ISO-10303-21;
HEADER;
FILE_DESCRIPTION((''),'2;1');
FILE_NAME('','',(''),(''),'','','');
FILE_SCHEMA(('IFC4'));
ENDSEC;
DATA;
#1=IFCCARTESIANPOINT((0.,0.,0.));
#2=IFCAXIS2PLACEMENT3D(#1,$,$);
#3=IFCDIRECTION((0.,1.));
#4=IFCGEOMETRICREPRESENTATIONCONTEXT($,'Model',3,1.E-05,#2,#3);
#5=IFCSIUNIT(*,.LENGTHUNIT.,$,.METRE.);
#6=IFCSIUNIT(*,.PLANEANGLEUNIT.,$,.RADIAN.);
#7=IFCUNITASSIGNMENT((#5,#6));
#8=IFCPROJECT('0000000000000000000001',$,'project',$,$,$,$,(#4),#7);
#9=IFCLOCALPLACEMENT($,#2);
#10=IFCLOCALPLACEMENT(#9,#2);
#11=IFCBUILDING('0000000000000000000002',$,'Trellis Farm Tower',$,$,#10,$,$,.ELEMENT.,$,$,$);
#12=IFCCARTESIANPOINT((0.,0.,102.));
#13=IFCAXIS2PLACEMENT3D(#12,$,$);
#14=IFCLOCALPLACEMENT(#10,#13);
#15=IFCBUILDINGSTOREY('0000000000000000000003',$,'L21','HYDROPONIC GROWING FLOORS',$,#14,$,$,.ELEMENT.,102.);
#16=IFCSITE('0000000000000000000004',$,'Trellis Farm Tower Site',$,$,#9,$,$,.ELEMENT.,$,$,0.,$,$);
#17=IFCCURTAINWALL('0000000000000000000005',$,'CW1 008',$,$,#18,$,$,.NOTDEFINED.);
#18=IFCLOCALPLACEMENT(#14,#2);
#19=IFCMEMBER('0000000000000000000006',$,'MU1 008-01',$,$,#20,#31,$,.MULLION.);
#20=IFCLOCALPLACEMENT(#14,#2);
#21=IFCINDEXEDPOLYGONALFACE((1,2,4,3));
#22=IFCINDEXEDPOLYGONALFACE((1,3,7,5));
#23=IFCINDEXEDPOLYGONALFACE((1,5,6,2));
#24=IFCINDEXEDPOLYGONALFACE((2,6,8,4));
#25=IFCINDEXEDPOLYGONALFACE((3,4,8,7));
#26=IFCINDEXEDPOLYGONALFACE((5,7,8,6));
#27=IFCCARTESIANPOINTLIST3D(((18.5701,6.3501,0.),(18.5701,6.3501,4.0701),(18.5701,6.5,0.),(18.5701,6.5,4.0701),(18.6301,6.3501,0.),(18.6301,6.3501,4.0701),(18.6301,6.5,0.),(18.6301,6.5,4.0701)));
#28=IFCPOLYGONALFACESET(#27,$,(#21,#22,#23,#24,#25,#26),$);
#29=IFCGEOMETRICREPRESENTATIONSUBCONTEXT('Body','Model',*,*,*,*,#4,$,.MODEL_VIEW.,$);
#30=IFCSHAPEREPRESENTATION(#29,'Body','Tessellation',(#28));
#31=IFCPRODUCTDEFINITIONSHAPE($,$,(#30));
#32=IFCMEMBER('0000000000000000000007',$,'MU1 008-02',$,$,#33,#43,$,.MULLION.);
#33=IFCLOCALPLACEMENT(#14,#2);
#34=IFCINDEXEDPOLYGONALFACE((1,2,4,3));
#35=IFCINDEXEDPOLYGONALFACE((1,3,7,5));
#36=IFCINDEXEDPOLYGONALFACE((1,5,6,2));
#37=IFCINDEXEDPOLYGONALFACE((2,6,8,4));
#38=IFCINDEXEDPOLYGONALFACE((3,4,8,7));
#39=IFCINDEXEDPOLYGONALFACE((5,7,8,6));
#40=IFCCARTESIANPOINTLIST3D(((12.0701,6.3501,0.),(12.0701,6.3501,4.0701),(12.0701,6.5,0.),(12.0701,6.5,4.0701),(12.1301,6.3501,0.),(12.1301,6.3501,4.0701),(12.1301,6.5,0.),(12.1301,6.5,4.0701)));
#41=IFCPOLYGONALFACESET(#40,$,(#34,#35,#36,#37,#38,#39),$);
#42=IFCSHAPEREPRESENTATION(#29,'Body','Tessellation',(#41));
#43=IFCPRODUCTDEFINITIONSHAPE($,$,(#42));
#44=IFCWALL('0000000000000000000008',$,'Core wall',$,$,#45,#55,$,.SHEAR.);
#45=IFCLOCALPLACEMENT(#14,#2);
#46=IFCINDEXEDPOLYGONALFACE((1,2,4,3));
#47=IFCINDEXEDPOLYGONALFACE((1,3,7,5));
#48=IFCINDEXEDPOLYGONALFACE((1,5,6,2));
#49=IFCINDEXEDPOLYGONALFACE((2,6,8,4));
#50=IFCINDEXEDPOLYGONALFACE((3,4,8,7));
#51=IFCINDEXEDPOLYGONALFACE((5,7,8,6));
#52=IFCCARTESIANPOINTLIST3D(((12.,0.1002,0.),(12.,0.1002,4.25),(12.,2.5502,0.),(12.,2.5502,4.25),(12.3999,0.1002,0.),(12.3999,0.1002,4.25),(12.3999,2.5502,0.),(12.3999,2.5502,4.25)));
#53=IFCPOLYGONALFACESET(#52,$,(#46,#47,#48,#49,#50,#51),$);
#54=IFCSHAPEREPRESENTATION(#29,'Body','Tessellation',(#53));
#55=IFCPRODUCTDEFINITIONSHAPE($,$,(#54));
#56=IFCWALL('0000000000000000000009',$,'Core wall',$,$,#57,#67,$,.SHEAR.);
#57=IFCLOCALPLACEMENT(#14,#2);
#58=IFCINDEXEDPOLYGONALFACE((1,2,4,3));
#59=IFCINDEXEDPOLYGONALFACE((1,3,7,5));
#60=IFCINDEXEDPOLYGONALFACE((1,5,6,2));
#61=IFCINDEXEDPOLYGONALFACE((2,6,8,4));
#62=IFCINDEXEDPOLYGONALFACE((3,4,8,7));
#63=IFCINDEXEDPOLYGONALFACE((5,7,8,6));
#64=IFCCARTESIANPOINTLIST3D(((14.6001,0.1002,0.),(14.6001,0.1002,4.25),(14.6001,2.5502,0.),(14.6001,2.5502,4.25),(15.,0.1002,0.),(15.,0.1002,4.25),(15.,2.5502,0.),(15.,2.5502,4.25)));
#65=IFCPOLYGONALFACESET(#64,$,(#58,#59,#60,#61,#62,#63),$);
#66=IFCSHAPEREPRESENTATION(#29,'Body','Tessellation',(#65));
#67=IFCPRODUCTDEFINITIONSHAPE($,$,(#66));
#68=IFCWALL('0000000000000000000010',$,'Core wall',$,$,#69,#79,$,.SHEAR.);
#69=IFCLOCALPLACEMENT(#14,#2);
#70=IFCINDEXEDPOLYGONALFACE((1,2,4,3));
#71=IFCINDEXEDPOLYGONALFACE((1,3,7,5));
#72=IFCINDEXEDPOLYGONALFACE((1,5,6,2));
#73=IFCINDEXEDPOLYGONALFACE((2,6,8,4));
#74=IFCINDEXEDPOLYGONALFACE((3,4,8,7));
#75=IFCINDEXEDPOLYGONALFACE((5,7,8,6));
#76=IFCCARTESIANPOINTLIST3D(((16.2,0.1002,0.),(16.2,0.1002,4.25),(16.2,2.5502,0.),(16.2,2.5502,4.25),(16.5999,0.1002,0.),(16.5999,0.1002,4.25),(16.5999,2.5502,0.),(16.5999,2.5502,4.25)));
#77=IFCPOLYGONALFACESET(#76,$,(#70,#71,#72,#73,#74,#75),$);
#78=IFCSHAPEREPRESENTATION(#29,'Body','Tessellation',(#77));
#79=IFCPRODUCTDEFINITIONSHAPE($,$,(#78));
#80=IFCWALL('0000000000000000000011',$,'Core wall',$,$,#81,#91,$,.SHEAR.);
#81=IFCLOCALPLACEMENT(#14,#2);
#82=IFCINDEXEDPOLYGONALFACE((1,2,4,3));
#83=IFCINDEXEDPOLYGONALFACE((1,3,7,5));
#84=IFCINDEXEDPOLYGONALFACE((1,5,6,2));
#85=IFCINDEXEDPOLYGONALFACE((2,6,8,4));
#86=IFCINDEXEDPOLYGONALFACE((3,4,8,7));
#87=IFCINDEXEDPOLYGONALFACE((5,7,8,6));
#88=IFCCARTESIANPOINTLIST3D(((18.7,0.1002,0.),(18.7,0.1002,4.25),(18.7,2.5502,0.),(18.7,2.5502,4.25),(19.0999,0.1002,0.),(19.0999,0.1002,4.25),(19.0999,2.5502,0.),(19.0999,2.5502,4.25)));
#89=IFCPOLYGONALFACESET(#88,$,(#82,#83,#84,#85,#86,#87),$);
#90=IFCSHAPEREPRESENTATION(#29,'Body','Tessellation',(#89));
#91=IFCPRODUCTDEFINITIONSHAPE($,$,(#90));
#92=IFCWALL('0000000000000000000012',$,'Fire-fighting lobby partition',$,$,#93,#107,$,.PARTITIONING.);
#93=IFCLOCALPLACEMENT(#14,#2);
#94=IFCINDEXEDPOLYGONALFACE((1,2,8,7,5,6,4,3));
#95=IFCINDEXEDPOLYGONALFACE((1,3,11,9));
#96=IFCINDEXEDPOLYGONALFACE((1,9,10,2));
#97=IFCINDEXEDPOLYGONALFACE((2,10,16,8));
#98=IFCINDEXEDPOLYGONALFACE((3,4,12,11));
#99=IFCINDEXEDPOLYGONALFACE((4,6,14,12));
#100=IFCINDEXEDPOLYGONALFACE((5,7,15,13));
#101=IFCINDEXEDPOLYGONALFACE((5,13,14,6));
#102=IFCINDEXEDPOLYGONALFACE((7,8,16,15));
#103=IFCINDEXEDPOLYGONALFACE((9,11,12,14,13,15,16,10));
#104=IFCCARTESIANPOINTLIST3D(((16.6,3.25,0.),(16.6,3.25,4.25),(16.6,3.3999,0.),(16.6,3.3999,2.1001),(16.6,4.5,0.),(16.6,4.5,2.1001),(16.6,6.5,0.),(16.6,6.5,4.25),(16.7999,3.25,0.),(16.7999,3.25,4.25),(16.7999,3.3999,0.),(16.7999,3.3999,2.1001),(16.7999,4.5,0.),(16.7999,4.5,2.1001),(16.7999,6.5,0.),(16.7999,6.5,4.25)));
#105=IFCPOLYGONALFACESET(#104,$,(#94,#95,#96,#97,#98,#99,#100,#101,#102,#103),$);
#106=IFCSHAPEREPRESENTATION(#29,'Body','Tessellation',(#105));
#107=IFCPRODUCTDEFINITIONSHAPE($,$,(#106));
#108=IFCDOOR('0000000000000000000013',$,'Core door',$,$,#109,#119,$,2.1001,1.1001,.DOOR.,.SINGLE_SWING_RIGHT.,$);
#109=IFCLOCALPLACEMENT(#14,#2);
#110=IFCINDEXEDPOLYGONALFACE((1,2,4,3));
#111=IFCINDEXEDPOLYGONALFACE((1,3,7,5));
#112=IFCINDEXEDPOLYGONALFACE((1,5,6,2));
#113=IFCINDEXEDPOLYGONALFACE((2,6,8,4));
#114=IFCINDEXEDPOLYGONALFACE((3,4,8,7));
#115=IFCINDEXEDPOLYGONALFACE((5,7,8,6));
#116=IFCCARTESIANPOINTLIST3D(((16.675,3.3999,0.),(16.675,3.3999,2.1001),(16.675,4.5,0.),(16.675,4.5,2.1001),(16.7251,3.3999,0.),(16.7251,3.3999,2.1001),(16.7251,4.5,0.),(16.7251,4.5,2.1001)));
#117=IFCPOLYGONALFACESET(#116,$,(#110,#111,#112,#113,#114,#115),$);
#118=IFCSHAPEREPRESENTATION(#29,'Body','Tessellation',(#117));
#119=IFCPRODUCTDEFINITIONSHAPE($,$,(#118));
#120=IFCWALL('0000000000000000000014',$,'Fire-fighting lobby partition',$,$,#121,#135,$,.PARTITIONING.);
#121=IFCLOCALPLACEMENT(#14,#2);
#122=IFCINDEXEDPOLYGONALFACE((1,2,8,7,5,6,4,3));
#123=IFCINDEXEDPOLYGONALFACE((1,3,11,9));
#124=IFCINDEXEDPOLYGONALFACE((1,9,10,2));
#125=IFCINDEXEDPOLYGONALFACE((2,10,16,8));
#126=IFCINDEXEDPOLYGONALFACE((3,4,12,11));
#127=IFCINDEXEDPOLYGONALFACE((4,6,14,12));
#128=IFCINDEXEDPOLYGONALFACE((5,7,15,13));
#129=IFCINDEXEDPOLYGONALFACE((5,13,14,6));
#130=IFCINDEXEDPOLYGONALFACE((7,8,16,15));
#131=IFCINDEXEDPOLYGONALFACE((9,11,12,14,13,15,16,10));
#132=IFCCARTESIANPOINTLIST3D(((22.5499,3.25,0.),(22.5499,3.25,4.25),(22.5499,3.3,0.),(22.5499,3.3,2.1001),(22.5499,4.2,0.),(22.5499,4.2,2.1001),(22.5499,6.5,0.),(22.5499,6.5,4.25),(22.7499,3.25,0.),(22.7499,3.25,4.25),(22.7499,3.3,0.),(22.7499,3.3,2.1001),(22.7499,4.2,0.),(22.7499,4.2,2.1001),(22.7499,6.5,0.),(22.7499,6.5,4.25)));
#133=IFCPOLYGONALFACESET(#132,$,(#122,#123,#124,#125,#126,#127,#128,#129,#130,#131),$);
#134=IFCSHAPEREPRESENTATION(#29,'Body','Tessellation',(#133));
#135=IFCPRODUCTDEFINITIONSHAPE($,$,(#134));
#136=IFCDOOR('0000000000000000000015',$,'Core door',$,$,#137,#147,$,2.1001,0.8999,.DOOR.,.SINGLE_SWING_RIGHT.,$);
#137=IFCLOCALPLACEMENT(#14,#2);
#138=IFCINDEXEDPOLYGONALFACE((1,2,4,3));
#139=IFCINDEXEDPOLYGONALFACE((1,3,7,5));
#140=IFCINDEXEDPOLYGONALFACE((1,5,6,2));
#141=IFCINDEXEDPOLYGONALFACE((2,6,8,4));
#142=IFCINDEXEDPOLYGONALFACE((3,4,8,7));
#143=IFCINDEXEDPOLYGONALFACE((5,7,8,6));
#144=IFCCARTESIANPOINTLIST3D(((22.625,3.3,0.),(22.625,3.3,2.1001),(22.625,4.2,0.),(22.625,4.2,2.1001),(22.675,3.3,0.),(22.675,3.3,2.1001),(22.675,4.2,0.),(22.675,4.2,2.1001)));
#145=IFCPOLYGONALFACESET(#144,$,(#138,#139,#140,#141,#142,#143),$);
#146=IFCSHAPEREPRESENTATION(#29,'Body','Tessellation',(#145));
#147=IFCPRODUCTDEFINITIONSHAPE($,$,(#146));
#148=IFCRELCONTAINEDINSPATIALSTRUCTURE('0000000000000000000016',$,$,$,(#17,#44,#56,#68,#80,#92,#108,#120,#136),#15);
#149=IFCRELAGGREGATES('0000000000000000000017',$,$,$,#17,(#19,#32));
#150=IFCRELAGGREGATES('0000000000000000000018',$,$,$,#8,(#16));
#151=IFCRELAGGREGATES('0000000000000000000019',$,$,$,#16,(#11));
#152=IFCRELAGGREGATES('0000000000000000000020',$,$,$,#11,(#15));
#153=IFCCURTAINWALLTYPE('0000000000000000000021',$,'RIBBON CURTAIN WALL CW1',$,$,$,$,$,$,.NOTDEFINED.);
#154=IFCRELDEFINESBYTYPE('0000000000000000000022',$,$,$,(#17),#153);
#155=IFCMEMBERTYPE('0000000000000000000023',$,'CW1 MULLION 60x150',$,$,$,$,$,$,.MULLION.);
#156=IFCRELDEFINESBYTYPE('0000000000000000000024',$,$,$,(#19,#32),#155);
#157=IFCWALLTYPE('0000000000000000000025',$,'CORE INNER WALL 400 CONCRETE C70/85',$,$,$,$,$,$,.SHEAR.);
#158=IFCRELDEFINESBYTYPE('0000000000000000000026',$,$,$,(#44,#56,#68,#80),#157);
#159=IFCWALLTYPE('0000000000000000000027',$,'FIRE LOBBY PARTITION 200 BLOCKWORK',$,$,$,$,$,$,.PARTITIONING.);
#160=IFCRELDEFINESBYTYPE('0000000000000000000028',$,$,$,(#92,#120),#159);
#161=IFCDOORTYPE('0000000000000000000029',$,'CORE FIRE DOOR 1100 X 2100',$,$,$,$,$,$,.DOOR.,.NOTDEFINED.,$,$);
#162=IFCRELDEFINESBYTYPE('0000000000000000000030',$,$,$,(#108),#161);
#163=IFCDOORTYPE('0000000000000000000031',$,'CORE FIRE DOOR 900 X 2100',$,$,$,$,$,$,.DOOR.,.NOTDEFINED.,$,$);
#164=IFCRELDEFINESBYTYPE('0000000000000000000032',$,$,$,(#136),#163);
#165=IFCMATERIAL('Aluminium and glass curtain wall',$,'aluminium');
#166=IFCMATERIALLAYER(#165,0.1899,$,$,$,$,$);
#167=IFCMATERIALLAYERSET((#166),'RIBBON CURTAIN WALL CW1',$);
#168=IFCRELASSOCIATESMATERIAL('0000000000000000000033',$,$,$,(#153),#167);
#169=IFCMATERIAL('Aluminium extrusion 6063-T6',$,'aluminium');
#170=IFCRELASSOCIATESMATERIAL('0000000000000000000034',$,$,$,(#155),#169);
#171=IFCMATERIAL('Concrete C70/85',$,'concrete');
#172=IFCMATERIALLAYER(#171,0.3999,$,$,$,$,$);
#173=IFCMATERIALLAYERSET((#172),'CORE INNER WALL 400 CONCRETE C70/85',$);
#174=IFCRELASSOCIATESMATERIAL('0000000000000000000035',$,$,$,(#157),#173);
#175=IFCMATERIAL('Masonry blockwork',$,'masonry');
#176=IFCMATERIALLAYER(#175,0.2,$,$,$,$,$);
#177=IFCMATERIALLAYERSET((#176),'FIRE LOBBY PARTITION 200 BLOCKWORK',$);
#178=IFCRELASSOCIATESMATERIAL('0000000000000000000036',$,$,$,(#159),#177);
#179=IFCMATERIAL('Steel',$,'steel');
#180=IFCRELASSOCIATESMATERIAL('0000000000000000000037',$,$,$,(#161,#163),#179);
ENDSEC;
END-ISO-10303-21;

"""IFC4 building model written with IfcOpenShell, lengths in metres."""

from ifc_helpers import new_model, si_unit, direction, frame, frame_2d, origin, origin_2d, place, context, subcontext, project, spatial, rectangle, extrude, source, transform, mapped, material, layer, layer_set, material_profile, profile_set, type_object, element, fill, aggregate, save


model = new_model("IFC4")

# Units and contexts
model_context = context("Model", 3, precision=1e-05, world=origin(), true_north=direction((0.0, 1.0)))
body_context = subcontext(model_context, "Body", "Model", "MODEL_VIEW")
ifc_project = project(units=[si_unit("LENGTHUNIT", "METRE"), si_unit("PLANEANGLEUNIT", "RADIAN")], contexts=[model_context])

# Site, building, storey
site_placement = place(None, origin())
site = spatial("IfcSite", under=ifc_project, at=site_placement, Name="Trellis Farm Tower Site", CompositionType="ELEMENT", RefElevation=0.0)
building_placement = place(site_placement, origin())
building = spatial("IfcBuilding", under=site, at=building_placement, Name="Trellis Farm Tower", CompositionType="ELEMENT")
storey_placement = place(building_placement, frame((0.0, 0.0, 102.0)))
storey = spatial("IfcBuildingStorey", under=building, at=storey_placement, Name="L21", Description="HYDROPONIC GROWING FLOORS", CompositionType="ELEMENT", Elevation=102.0)

# Curtain wall, members
ifc_material_1 = material(Name="Aluminium and glass curtain wall", Category="aluminium")
ifc_layer_1 = layer(ifc_material_1, 0.1899)
ifc_layer_set_1 = layer_set([ifc_layer_1], Name="RIBBON CURTAIN WALL CW1")
curtain_wall_type = type_object("IfcCurtainWallType", Name="RIBBON CURTAIN WALL CW1", PredefinedType="NOTDEFINED", material=ifc_layer_set_1)
placement = place(storey_placement, origin())
ifc_material_2 = material(Name="Aluminium extrusion 6063-T6", Category="aluminium")
ifc_material_profile_1 = material_profile(ifc_material_2, rectangle(XDim=0.0601, YDim=0.1499, at=origin_2d()), Name="MULLION 60x150")
ifc_profile_set_1 = profile_set([ifc_material_profile_1], Name="Aluminium extrusion 6063-T6")
member_type = type_object("IfcMemberType", Name="CW1 MULLION 60x150", PredefinedType="MULLION", material=ifc_profile_set_1)
shared_shape_1 = source(origin(), body_context, "Body", "SweptSolid", [
    extrude(rectangle(XDim=0.0601, YDim=0.1499, at=origin_2d()), origin(), (0.0, 0.0, 1.0), 4.0701),
])
curtain_wall_1 = element("IfcCurtainWall", 1, at=placement, inside=storey, type_object=curtain_wall_type, Name="CW1 008", PredefinedType="NOTDEFINED")
member_1_placement = place(storey_placement, frame((18.6001, 6.425, 0.0), z_axis=(0.0, 0.0, 1.0), x_axis=(-1.0, 0.0, 0.0)))
member_1 = element("IfcMember", 2, at=member_1_placement, type_object=member_type, Name="MU1 008-01", PredefinedType="MULLION", context=body_context, shape_type="MappedRepresentation", body=[
    mapped(shared_shape_1, transform((0.0, 0.0, 0.0))),
])
member_2_placement = place(storey_placement, frame((12.1001, 6.425, 0.0), z_axis=(0.0, 0.0, 1.0), x_axis=(-1.0, 0.0, 0.0)))
member_2 = element("IfcMember", 3, at=member_2_placement, type_object=member_type, Name="MU1 008-02", PredefinedType="MULLION", context=body_context, shape_type="MappedRepresentation", body=[
    mapped(shared_shape_1, transform((0.0, 0.0, 0.0))),
])
aggregate(curtain_wall_1, [member_1, member_2])

# Walls
ifc_material_3 = material(Name="Concrete C70/85", Category="concrete")
ifc_layer_2 = layer(ifc_material_3, 0.3999)
ifc_layer_set_2 = layer_set([ifc_layer_2], Name="CORE INNER WALL 400 CONCRETE C70/85")
wall_type_1 = type_object("IfcWallType", Name="CORE INNER WALL 400 CONCRETE C70/85", PredefinedType="SHEAR", material=ifc_layer_set_2)
shared_shape_2 = source(origin(), body_context, "Body", "SweptSolid", [
    extrude(rectangle(XDim=2.45, YDim=0.3999, at=frame_2d((1.2251, 0.0))), origin(), (0.0, 0.0, 1.0), 4.25),
])
for number, where, z_axis, x_axis, name in (
    (4, (12.2, 0.1001, 0.0), (0.0, 0.0, 1.0), (0.0, 1.0, 0.0), "Core wall"),
    (5, (14.8, 0.1001, 0.0), (0.0, 0.0, 1.0), (0.0, 1.0, 0.0), "Core wall"),
    (6, (16.3999, 0.1001, 0.0), (0.0, 0.0, 1.0), (0.0, 1.0, 0.0), "Core wall"),
    (7, (18.8999, 0.1001, 0.0), (0.0, 0.0, 1.0), (0.0, 1.0, 0.0), "Core wall"),
):
    element("IfcWall", number, at=place(storey_placement, frame(where, z_axis=z_axis, x_axis=x_axis)), inside=storey, type_object=wall_type_1, Name=name, PredefinedType="SHEAR", context=body_context, shape_type="MappedRepresentation", body=[
        mapped(shared_shape_2, transform((0.0, 0.0, 0.0))),
    ])

# Walls, openings, doors
ifc_material_4 = material(Name="Masonry blockwork", Category="masonry")
ifc_layer_3 = layer(ifc_material_4, 0.2)
ifc_layer_set_3 = layer_set([ifc_layer_3], Name="FIRE LOBBY PARTITION 200 BLOCKWORK")
wall_type_2 = type_object("IfcWallType", Name="FIRE LOBBY PARTITION 200 BLOCKWORK", PredefinedType="PARTITIONING", material=ifc_layer_set_3)
shared_shape_3 = source(origin(), body_context, "Body", "SweptSolid", [
    extrude(rectangle(XDim=3.25, YDim=0.2, at=frame_2d((1.625, 0.0))), origin(), (0.0, 0.0, 1.0), 4.25),
])
wall_1_placement = place(storey_placement, frame((16.7, 3.25, 0.0), z_axis=(0.0, 0.0, 1.0), x_axis=(0.0, 1.0, 0.0)))
wall_1 = element("IfcWall", 8, at=wall_1_placement, inside=storey, type_object=wall_type_2, Name="Fire-fighting lobby partition", PredefinedType="PARTITIONING", context=body_context, shape_type="MappedRepresentation", body=[
    mapped(shared_shape_3, transform((0.0, 0.0, 0.0))),
])
shared_shape_4 = source(origin(), body_context, "Body", "SweptSolid", [
    extrude(rectangle(XDim=1.1001, YDim=2.1001, at=frame_2d((0.55, 1.05))), frame((0.0, 0.1101, 0.0), z_axis=(0.0, -1.0, 0.0), x_axis=(1.0, 0.0, 0.0)), (0.0, 0.0, 1.0), 0.2202),
])
opening_1_placement = place(wall_1_placement, frame((0.1499, 0.0, 0.0)))
opening_1 = element("IfcOpeningElement", 9, at=opening_1_placement, cuts=wall_1, PredefinedType="OPENING", context=body_context, shape_type="MappedRepresentation", body=[
    mapped(shared_shape_4, transform((0.0, 0.0, 0.0))),
])
ifc_material_5 = material(Name="Steel", Category="steel")
door_type_1 = type_object("IfcDoorType", Name="CORE FIRE DOOR 1100 X 2100", OperationType="NOTDEFINED", PredefinedType="DOOR", material=ifc_material_5)
shared_shape_5 = source(origin(), body_context, "Body", "SweptSolid", [
    extrude(rectangle(XDim=1.1001, YDim=2.1001, at=frame_2d((0.55, 1.05))), frame((0.0, 0.0249, 0.0), z_axis=(0.0, -1.0, 0.0), x_axis=(1.0, 0.0, 0.0)), (0.0, 0.0, 1.0), 0.05),
])
door_1_placement = place(opening_1_placement, origin())
door_1 = element("IfcDoor", 10, at=door_1_placement, inside=storey, type_object=door_type_1, Name="Core door", OperationType="SINGLE_SWING_RIGHT", OverallHeight=2.1001, OverallWidth=1.1001, PredefinedType="DOOR", context=body_context, shape_type="MappedRepresentation", body=[
    mapped(shared_shape_5, transform((0.0, 0.0, 0.0))),
])
fill(opening_1, door_1)
wall_2_placement = place(storey_placement, frame((22.6499, 3.25, 0.0), z_axis=(0.0, 0.0, 1.0), x_axis=(0.0, 1.0, 0.0)))
wall_2 = element("IfcWall", 11, at=wall_2_placement, inside=storey, type_object=wall_type_2, Name="Fire-fighting lobby partition", PredefinedType="PARTITIONING", context=body_context, shape_type="MappedRepresentation", body=[
    mapped(shared_shape_3, transform((0.0, 0.0, 0.0))),
])
shared_shape_6 = source(origin(), body_context, "Body", "SweptSolid", [
    extrude(rectangle(XDim=0.8999, YDim=2.1001, at=frame_2d((0.45, 1.05))), frame((0.0, 0.1101, 0.0), z_axis=(0.0, -1.0, 0.0), x_axis=(1.0, 0.0, 0.0)), (0.0, 0.0, 1.0), 0.2202),
])
opening_2_placement = place(wall_2_placement, frame((0.05, 0.0, 0.0)))
opening_2 = element("IfcOpeningElement", 12, at=opening_2_placement, cuts=wall_2, PredefinedType="OPENING", context=body_context, shape_type="MappedRepresentation", body=[
    mapped(shared_shape_6, transform((0.0, 0.0, 0.0))),
])
door_type_2 = type_object("IfcDoorType", Name="CORE FIRE DOOR 900 X 2100", OperationType="NOTDEFINED", PredefinedType="DOOR", material=ifc_material_5)
shared_shape_7 = source(origin(), body_context, "Body", "SweptSolid", [
    extrude(rectangle(XDim=0.8999, YDim=2.1001, at=frame_2d((0.45, 1.05))), frame((0.0, 0.0249, 0.0), z_axis=(0.0, -1.0, 0.0), x_axis=(1.0, 0.0, 0.0)), (0.0, 0.0, 1.0), 0.05),
])
door_2_placement = place(opening_2_placement, origin())
door_2 = element("IfcDoor", 13, at=door_2_placement, inside=storey, type_object=door_type_2, Name="Core door", OperationType="SINGLE_SWING_RIGHT", OverallHeight=2.1001, OverallWidth=0.8999, PredefinedType="DOOR", context=body_context, shape_type="MappedRepresentation", body=[
    mapped(shared_shape_7, transform((0.0, 0.0, 0.0))),
])
fill(opening_2, door_2)

save(model, "model.ifc")
